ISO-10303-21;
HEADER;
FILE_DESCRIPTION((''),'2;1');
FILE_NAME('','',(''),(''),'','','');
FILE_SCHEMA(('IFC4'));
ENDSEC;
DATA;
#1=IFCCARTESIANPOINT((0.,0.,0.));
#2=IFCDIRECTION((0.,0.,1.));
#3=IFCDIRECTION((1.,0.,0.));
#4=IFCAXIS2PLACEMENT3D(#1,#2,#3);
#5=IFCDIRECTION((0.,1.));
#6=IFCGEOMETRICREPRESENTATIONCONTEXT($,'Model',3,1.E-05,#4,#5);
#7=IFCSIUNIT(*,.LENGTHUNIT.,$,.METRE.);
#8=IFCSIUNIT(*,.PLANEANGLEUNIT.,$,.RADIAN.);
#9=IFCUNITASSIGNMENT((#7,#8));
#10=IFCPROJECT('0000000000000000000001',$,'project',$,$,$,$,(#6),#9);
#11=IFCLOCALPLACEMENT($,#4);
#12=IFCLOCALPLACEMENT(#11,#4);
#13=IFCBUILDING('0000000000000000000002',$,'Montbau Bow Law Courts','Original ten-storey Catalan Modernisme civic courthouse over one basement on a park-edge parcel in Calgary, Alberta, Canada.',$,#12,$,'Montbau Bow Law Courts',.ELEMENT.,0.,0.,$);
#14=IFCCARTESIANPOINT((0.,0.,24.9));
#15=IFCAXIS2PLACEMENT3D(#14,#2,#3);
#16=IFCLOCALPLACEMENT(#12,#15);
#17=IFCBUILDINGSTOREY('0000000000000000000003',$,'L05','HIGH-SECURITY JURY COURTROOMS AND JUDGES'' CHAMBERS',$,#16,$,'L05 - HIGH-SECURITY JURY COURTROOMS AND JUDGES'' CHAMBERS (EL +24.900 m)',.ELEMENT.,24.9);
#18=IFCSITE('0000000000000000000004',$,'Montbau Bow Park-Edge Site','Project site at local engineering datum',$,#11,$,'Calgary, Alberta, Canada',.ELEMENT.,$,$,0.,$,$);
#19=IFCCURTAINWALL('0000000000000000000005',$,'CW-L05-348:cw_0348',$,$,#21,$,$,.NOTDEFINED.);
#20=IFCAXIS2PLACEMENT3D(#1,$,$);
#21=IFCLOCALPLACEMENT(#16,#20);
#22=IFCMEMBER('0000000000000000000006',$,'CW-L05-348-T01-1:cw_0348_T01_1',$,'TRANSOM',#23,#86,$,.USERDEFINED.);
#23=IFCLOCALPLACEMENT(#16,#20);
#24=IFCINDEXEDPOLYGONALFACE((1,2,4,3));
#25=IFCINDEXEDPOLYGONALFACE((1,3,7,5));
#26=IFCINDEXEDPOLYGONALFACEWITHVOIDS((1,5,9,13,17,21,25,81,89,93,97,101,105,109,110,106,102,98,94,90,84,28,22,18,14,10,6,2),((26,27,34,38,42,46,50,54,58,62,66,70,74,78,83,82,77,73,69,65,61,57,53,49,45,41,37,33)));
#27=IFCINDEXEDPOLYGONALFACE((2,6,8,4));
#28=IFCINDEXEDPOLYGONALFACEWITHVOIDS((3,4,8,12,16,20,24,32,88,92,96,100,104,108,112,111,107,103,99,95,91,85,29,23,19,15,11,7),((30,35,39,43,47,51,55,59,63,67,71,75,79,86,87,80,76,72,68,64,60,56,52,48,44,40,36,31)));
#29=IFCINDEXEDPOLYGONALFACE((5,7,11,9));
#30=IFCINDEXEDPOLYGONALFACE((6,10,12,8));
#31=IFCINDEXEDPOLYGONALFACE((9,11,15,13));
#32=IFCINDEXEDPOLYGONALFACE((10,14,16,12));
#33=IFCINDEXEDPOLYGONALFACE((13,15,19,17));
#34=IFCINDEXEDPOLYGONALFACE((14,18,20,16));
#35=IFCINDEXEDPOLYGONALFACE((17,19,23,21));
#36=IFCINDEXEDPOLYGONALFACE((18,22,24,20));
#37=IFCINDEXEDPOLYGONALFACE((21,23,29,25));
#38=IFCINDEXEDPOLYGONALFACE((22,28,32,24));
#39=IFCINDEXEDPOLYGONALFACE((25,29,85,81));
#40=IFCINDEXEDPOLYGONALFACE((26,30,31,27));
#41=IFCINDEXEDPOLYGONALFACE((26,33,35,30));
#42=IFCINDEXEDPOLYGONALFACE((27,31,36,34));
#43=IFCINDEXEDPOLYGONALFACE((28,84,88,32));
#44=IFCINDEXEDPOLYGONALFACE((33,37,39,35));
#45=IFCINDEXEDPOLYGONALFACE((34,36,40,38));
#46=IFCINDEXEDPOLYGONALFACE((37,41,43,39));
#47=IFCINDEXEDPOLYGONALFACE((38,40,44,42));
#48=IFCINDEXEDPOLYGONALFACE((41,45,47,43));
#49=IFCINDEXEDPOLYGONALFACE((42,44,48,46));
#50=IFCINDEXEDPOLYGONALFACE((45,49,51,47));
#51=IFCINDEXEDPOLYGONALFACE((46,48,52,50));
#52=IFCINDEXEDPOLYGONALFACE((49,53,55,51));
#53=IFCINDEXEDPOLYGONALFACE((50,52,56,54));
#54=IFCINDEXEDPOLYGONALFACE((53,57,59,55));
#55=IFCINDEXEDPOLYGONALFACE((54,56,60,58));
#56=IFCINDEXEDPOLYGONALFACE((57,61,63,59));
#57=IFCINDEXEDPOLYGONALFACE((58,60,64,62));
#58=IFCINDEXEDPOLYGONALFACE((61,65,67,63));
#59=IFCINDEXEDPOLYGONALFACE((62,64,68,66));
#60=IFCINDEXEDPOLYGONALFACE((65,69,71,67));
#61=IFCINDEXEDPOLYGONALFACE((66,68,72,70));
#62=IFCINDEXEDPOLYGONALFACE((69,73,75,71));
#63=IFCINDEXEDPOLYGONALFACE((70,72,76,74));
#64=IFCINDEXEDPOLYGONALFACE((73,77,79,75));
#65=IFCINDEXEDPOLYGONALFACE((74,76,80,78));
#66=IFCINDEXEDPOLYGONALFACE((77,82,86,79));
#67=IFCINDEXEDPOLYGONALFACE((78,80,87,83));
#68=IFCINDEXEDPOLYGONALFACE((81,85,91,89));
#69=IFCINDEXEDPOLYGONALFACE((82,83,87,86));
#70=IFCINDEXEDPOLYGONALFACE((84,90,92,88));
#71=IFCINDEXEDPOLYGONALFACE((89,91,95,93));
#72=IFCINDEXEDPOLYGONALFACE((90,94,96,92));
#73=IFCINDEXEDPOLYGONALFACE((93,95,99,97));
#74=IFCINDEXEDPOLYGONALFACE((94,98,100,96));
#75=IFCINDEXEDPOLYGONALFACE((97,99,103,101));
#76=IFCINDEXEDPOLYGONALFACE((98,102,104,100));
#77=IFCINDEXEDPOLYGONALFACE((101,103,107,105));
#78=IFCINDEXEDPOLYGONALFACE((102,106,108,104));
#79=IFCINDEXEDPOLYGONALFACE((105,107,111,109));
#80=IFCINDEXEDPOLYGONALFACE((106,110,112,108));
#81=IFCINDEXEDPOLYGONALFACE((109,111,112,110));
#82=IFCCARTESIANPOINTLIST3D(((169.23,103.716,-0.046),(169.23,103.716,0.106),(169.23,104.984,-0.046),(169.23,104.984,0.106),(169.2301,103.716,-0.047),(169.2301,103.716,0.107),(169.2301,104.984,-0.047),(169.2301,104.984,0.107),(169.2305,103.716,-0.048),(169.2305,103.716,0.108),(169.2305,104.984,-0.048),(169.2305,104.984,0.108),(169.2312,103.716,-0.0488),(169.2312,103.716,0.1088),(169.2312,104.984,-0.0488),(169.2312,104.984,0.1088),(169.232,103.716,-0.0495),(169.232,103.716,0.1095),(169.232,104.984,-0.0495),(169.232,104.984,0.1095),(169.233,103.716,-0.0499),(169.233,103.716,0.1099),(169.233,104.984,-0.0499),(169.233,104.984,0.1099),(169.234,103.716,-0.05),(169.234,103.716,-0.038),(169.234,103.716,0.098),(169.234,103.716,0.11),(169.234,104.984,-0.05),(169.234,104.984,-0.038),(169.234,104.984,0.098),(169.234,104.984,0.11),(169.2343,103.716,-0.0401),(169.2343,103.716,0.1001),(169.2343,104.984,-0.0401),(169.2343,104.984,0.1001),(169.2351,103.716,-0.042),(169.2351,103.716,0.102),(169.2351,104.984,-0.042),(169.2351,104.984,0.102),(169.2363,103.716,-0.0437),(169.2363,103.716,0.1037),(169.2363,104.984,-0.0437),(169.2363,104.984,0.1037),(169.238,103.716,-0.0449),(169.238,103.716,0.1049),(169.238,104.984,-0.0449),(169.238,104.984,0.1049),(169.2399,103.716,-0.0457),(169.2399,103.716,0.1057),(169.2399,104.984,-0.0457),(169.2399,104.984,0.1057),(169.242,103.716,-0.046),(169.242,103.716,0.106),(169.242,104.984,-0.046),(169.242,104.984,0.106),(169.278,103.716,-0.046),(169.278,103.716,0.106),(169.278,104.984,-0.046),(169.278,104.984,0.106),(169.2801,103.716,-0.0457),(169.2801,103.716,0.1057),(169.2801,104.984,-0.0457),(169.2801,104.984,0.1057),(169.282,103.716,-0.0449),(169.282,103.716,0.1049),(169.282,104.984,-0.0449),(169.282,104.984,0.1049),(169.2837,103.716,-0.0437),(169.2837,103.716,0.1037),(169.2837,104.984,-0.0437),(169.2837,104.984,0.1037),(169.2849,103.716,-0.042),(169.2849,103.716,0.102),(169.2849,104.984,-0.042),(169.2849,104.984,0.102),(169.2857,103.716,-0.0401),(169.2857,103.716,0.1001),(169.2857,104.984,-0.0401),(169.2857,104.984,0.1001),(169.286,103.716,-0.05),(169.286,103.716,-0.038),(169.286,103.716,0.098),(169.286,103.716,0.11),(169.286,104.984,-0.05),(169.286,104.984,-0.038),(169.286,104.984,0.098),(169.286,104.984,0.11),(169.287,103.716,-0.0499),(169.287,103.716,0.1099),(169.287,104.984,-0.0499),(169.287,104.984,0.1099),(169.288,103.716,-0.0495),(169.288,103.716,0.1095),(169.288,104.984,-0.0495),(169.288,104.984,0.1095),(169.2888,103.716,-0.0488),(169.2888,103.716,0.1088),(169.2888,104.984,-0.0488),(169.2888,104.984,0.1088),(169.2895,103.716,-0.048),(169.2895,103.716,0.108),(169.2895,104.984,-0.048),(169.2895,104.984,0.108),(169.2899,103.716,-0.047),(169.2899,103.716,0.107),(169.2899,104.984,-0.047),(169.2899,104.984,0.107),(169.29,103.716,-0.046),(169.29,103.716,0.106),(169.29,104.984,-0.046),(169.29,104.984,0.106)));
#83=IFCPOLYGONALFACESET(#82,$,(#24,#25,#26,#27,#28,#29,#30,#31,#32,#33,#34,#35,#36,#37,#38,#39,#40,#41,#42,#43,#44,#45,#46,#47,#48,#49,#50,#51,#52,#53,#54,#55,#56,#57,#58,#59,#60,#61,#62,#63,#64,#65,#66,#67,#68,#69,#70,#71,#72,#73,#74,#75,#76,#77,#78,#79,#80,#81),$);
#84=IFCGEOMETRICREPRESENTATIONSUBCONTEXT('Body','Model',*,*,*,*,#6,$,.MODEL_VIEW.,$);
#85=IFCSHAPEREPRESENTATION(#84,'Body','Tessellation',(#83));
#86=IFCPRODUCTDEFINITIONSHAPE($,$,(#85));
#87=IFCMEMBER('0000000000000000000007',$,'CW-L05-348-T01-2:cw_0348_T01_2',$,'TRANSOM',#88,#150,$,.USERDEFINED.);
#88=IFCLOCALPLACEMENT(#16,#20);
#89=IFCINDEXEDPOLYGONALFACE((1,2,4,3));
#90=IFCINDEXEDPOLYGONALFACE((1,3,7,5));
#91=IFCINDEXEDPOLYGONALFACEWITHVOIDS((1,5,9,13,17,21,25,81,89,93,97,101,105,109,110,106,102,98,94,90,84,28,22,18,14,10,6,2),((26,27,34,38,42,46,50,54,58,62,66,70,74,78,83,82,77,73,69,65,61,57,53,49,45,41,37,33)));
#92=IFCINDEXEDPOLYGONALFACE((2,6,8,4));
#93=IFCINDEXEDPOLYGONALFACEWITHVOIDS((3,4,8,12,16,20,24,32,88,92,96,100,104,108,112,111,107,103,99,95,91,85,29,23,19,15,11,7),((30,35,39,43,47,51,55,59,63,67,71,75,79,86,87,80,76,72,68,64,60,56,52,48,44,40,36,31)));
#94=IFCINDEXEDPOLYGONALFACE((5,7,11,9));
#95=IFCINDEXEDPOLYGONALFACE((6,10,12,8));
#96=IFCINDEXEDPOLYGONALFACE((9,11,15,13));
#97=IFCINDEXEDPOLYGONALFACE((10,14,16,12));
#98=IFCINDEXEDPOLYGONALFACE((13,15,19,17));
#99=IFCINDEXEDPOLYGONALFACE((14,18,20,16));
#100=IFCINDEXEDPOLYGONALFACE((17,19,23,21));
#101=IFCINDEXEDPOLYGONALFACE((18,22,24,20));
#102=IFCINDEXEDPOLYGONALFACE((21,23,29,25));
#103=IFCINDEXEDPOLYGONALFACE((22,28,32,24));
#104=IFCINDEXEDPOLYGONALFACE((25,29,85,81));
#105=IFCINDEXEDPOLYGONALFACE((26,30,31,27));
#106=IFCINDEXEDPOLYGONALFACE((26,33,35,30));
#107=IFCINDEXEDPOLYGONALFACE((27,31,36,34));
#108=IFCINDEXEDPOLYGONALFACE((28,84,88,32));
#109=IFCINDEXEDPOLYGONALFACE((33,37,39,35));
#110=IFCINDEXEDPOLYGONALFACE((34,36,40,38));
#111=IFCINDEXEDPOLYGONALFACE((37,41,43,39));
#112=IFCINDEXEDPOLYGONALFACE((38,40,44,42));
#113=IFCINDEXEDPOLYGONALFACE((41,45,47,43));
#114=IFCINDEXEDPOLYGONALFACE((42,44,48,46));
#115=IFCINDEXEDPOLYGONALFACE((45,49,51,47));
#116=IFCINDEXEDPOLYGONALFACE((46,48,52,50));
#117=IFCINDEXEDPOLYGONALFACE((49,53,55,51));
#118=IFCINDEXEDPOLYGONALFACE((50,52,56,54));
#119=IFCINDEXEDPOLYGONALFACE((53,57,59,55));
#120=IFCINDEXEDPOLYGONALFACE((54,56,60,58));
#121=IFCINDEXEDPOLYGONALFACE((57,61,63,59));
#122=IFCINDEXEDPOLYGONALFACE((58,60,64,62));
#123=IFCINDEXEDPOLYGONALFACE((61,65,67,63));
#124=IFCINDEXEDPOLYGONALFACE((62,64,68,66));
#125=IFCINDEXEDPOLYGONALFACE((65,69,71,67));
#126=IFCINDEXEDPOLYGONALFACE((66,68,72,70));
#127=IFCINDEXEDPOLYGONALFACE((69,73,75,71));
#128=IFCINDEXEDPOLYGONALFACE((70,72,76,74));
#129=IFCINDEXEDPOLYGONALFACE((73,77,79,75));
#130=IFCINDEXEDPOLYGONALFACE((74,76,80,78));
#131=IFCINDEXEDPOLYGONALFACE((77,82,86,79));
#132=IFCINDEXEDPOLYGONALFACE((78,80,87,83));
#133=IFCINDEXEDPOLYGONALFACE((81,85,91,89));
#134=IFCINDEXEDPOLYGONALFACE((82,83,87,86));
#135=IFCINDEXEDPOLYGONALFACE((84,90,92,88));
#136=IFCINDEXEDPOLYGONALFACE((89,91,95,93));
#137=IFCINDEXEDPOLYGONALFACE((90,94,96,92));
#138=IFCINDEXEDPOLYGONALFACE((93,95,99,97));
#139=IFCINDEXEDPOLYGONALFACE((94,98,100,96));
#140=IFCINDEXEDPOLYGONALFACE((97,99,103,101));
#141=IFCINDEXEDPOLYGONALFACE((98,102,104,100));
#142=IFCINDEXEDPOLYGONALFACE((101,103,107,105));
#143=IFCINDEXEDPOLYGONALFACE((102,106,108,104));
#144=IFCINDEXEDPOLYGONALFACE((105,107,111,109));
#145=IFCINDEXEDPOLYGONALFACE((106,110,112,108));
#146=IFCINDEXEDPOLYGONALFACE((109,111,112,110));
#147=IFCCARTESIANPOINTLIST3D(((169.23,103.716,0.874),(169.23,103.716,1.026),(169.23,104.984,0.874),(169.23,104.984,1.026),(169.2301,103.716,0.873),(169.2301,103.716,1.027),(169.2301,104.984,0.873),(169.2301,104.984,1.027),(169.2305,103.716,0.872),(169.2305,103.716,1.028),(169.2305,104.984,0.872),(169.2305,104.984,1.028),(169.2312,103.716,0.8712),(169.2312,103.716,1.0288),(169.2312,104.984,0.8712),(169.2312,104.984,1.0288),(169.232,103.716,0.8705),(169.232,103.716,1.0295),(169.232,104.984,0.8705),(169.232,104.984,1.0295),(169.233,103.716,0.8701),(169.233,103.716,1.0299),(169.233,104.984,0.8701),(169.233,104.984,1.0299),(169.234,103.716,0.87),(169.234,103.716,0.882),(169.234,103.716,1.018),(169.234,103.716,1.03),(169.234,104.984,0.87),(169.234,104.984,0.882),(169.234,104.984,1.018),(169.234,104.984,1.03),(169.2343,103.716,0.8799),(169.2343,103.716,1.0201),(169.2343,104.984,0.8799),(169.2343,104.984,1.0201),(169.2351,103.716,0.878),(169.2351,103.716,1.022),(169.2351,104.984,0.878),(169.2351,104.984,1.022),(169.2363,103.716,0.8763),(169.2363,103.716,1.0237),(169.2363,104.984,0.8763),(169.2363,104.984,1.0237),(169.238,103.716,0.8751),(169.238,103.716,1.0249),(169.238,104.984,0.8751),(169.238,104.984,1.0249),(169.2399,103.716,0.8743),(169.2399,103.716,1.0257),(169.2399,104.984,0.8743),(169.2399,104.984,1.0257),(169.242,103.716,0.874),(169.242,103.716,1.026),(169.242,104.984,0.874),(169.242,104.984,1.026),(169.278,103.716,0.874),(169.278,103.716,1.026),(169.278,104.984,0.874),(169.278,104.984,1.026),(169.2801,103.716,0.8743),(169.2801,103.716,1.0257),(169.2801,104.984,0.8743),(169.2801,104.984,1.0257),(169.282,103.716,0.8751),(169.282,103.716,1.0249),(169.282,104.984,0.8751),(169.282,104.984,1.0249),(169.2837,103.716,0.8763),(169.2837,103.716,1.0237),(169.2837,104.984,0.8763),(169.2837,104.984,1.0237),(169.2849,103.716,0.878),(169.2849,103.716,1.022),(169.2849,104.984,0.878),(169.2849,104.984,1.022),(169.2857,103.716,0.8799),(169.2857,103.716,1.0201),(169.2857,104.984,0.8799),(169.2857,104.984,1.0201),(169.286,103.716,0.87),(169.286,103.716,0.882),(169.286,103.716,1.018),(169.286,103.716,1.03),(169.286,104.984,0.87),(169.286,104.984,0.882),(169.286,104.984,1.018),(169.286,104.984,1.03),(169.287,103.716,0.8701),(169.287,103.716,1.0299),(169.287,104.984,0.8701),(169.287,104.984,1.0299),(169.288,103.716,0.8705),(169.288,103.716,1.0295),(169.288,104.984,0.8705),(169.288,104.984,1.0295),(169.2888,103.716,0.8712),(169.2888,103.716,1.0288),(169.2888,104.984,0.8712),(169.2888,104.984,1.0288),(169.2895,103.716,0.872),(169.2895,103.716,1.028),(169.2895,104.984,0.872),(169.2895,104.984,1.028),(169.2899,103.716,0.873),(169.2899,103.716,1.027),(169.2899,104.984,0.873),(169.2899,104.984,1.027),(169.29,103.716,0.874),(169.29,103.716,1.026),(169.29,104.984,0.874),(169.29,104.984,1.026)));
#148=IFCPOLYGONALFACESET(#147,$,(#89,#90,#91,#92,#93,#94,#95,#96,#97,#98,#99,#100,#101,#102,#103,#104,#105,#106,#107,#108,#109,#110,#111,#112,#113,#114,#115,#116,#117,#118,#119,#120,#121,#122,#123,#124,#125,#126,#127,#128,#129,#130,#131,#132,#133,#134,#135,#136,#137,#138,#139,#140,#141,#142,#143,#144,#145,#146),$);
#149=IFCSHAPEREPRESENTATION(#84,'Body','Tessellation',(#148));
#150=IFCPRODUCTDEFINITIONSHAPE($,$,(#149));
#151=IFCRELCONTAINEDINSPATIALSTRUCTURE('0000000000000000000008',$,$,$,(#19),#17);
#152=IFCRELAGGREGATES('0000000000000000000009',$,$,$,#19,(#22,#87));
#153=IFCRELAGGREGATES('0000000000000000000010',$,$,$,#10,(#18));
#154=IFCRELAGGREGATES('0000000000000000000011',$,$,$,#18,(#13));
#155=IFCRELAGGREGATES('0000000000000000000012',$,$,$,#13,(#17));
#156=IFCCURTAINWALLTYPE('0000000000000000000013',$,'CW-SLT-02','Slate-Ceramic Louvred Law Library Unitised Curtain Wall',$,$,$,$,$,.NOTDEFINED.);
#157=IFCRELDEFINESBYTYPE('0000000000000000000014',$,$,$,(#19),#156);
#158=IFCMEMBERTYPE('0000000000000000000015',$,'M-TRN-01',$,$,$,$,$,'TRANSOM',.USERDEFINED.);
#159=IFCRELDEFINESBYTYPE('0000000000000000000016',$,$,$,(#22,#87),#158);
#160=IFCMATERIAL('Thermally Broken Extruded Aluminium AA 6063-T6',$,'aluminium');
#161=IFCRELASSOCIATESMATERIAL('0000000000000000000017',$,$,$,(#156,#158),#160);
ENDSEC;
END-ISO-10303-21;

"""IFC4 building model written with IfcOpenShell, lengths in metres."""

from ifc_helpers import new_model, si_unit, direction, frame, origin_with_axes, origin_2d_with_axis, place, context, subcontext, project, spatial, hollow_rectangle, extrude, material, material_profile, profile_set, type_object, element, aggregate, save


model = new_model("IFC4")

# Units and contexts
model_context = context("Model", 3, precision=1e-05, world=origin_with_axes(), true_north=direction((0.0, 1.0)))
body_context = subcontext(model_context, "Body", "Model", "MODEL_VIEW")
ifc_project = project(units=[si_unit("LENGTHUNIT", "METRE"), si_unit("PLANEANGLEUNIT", "RADIAN")], contexts=[model_context])

# Site, building, storey
site_placement = place(None, origin_with_axes())
site = spatial("IfcSite", under=ifc_project, at=site_placement, Name="Montbau Bow Park-Edge Site", Description="Project site at local engineering datum", LongName="Calgary, Alberta, Canada", CompositionType="ELEMENT", RefElevation=0.0)
building_placement = place(site_placement, origin_with_axes())
building = spatial("IfcBuilding", under=site, at=building_placement, Name="Montbau Bow Law Courts", Description="Original ten-storey Catalan Modernisme civic courthouse over one basement on a park-edge parcel in Calgary, Alberta, Canada.", LongName="Montbau Bow Law Courts", CompositionType="ELEMENT", ElevationOfRefHeight=0.0, ElevationOfTerrain=0.0)
storey_placement = place(building_placement, frame((0.0, 0.0, 24.9), z_axis=(0.0, 0.0, 1.0), x_axis=(1.0, 0.0, 0.0)))
storey = spatial("IfcBuildingStorey", under=building, at=storey_placement, Name="L05", Description="HIGH-SECURITY JURY COURTROOMS AND JUDGES' CHAMBERS", LongName="L05 - HIGH-SECURITY JURY COURTROOMS AND JUDGES' CHAMBERS (EL +24.900 m)", CompositionType="ELEMENT", Elevation=24.9)

# Curtain wall
ifc_material_1 = material(Name="Thermally Broken Extruded Aluminium AA 6063-T6", Category="aluminium")
curtain_wall_type = type_object("IfcCurtainWallType", Name="CW-SLT-02", Description="Slate-Ceramic Louvred Law Library Unitised Curtain Wall", PredefinedType="NOTDEFINED", material=ifc_material_1)
curtain_wall_1_placement = place(None, frame((169.26, 103.64, 24.9), z_axis=(0.0, 0.0, 1.0), x_axis=(1.0, 0.0, 0.0)))
curtain_wall_1 = element("IfcCurtainWall", 1, at=curtain_wall_1_placement, inside=storey, type_object=curtain_wall_type, Name="CW-L05-348:cw_0348", PredefinedType="NOTDEFINED")

# Members
ifc_material_profile_1 = material_profile(ifc_material_1, hollow_rectangle(XDim=0.06, YDim=0.16, WallThickness=0.004, InnerFilletRadius=0.008, OuterFilletRadius=0.004, at=origin_2d_with_axis()), Name="CWT-160X60", Category="Main", Priority=0)
ifc_profile_set_1 = profile_set([ifc_material_profile_1], Name="Thermally Broken Extruded Aluminium AA 6063-T6")
member_type_1 = type_object("IfcMemberType", Name="M-TRN-01", ElementType="TRANSOM", PredefinedType="USERDEFINED", material=ifc_profile_set_1)
member_1_placement = place(None, frame((169.26, 103.716, 24.93), z_axis=(0.0, 1.0, 0.0), x_axis=(-1.0, 0.0, 0.0)))
member_1 = element("IfcMember", 2, at=member_1_placement, type_object=member_type_1, Name="CW-L05-348-T01-1:cw_0348_T01_1", ObjectType="TRANSOM", PredefinedType="USERDEFINED", context=body_context, shape_type="SweptSolid", body=[
    extrude(hollow_rectangle(XDim=0.06, YDim=0.16, WallThickness=0.004, InnerFilletRadius=0.008, OuterFilletRadius=0.004, at=origin_2d_with_axis()), origin_with_axes(), (0.0, 0.0, 1.0), 1.268),
])
member_2_placement = place(None, frame((169.26, 103.716, 25.85), z_axis=(0.0, 1.0, 0.0), x_axis=(-1.0, 0.0, 0.0)))
member_2 = element("IfcMember", 3, at=member_2_placement, type_object=member_type_1, Name="CW-L05-348-T01-2:cw_0348_T01_2", ObjectType="TRANSOM", PredefinedType="USERDEFINED", context=body_context, shape_type="SweptSolid", body=[
    extrude(hollow_rectangle(XDim=0.06, YDim=0.16, WallThickness=0.004, InnerFilletRadius=0.008, OuterFilletRadius=0.004, at=origin_2d_with_axis()), origin_with_axes(), (0.0, 0.0, 1.0), 1.268),
])

aggregate(curtain_wall_1, [member_1, member_2])

save(model, "model.ifc")
